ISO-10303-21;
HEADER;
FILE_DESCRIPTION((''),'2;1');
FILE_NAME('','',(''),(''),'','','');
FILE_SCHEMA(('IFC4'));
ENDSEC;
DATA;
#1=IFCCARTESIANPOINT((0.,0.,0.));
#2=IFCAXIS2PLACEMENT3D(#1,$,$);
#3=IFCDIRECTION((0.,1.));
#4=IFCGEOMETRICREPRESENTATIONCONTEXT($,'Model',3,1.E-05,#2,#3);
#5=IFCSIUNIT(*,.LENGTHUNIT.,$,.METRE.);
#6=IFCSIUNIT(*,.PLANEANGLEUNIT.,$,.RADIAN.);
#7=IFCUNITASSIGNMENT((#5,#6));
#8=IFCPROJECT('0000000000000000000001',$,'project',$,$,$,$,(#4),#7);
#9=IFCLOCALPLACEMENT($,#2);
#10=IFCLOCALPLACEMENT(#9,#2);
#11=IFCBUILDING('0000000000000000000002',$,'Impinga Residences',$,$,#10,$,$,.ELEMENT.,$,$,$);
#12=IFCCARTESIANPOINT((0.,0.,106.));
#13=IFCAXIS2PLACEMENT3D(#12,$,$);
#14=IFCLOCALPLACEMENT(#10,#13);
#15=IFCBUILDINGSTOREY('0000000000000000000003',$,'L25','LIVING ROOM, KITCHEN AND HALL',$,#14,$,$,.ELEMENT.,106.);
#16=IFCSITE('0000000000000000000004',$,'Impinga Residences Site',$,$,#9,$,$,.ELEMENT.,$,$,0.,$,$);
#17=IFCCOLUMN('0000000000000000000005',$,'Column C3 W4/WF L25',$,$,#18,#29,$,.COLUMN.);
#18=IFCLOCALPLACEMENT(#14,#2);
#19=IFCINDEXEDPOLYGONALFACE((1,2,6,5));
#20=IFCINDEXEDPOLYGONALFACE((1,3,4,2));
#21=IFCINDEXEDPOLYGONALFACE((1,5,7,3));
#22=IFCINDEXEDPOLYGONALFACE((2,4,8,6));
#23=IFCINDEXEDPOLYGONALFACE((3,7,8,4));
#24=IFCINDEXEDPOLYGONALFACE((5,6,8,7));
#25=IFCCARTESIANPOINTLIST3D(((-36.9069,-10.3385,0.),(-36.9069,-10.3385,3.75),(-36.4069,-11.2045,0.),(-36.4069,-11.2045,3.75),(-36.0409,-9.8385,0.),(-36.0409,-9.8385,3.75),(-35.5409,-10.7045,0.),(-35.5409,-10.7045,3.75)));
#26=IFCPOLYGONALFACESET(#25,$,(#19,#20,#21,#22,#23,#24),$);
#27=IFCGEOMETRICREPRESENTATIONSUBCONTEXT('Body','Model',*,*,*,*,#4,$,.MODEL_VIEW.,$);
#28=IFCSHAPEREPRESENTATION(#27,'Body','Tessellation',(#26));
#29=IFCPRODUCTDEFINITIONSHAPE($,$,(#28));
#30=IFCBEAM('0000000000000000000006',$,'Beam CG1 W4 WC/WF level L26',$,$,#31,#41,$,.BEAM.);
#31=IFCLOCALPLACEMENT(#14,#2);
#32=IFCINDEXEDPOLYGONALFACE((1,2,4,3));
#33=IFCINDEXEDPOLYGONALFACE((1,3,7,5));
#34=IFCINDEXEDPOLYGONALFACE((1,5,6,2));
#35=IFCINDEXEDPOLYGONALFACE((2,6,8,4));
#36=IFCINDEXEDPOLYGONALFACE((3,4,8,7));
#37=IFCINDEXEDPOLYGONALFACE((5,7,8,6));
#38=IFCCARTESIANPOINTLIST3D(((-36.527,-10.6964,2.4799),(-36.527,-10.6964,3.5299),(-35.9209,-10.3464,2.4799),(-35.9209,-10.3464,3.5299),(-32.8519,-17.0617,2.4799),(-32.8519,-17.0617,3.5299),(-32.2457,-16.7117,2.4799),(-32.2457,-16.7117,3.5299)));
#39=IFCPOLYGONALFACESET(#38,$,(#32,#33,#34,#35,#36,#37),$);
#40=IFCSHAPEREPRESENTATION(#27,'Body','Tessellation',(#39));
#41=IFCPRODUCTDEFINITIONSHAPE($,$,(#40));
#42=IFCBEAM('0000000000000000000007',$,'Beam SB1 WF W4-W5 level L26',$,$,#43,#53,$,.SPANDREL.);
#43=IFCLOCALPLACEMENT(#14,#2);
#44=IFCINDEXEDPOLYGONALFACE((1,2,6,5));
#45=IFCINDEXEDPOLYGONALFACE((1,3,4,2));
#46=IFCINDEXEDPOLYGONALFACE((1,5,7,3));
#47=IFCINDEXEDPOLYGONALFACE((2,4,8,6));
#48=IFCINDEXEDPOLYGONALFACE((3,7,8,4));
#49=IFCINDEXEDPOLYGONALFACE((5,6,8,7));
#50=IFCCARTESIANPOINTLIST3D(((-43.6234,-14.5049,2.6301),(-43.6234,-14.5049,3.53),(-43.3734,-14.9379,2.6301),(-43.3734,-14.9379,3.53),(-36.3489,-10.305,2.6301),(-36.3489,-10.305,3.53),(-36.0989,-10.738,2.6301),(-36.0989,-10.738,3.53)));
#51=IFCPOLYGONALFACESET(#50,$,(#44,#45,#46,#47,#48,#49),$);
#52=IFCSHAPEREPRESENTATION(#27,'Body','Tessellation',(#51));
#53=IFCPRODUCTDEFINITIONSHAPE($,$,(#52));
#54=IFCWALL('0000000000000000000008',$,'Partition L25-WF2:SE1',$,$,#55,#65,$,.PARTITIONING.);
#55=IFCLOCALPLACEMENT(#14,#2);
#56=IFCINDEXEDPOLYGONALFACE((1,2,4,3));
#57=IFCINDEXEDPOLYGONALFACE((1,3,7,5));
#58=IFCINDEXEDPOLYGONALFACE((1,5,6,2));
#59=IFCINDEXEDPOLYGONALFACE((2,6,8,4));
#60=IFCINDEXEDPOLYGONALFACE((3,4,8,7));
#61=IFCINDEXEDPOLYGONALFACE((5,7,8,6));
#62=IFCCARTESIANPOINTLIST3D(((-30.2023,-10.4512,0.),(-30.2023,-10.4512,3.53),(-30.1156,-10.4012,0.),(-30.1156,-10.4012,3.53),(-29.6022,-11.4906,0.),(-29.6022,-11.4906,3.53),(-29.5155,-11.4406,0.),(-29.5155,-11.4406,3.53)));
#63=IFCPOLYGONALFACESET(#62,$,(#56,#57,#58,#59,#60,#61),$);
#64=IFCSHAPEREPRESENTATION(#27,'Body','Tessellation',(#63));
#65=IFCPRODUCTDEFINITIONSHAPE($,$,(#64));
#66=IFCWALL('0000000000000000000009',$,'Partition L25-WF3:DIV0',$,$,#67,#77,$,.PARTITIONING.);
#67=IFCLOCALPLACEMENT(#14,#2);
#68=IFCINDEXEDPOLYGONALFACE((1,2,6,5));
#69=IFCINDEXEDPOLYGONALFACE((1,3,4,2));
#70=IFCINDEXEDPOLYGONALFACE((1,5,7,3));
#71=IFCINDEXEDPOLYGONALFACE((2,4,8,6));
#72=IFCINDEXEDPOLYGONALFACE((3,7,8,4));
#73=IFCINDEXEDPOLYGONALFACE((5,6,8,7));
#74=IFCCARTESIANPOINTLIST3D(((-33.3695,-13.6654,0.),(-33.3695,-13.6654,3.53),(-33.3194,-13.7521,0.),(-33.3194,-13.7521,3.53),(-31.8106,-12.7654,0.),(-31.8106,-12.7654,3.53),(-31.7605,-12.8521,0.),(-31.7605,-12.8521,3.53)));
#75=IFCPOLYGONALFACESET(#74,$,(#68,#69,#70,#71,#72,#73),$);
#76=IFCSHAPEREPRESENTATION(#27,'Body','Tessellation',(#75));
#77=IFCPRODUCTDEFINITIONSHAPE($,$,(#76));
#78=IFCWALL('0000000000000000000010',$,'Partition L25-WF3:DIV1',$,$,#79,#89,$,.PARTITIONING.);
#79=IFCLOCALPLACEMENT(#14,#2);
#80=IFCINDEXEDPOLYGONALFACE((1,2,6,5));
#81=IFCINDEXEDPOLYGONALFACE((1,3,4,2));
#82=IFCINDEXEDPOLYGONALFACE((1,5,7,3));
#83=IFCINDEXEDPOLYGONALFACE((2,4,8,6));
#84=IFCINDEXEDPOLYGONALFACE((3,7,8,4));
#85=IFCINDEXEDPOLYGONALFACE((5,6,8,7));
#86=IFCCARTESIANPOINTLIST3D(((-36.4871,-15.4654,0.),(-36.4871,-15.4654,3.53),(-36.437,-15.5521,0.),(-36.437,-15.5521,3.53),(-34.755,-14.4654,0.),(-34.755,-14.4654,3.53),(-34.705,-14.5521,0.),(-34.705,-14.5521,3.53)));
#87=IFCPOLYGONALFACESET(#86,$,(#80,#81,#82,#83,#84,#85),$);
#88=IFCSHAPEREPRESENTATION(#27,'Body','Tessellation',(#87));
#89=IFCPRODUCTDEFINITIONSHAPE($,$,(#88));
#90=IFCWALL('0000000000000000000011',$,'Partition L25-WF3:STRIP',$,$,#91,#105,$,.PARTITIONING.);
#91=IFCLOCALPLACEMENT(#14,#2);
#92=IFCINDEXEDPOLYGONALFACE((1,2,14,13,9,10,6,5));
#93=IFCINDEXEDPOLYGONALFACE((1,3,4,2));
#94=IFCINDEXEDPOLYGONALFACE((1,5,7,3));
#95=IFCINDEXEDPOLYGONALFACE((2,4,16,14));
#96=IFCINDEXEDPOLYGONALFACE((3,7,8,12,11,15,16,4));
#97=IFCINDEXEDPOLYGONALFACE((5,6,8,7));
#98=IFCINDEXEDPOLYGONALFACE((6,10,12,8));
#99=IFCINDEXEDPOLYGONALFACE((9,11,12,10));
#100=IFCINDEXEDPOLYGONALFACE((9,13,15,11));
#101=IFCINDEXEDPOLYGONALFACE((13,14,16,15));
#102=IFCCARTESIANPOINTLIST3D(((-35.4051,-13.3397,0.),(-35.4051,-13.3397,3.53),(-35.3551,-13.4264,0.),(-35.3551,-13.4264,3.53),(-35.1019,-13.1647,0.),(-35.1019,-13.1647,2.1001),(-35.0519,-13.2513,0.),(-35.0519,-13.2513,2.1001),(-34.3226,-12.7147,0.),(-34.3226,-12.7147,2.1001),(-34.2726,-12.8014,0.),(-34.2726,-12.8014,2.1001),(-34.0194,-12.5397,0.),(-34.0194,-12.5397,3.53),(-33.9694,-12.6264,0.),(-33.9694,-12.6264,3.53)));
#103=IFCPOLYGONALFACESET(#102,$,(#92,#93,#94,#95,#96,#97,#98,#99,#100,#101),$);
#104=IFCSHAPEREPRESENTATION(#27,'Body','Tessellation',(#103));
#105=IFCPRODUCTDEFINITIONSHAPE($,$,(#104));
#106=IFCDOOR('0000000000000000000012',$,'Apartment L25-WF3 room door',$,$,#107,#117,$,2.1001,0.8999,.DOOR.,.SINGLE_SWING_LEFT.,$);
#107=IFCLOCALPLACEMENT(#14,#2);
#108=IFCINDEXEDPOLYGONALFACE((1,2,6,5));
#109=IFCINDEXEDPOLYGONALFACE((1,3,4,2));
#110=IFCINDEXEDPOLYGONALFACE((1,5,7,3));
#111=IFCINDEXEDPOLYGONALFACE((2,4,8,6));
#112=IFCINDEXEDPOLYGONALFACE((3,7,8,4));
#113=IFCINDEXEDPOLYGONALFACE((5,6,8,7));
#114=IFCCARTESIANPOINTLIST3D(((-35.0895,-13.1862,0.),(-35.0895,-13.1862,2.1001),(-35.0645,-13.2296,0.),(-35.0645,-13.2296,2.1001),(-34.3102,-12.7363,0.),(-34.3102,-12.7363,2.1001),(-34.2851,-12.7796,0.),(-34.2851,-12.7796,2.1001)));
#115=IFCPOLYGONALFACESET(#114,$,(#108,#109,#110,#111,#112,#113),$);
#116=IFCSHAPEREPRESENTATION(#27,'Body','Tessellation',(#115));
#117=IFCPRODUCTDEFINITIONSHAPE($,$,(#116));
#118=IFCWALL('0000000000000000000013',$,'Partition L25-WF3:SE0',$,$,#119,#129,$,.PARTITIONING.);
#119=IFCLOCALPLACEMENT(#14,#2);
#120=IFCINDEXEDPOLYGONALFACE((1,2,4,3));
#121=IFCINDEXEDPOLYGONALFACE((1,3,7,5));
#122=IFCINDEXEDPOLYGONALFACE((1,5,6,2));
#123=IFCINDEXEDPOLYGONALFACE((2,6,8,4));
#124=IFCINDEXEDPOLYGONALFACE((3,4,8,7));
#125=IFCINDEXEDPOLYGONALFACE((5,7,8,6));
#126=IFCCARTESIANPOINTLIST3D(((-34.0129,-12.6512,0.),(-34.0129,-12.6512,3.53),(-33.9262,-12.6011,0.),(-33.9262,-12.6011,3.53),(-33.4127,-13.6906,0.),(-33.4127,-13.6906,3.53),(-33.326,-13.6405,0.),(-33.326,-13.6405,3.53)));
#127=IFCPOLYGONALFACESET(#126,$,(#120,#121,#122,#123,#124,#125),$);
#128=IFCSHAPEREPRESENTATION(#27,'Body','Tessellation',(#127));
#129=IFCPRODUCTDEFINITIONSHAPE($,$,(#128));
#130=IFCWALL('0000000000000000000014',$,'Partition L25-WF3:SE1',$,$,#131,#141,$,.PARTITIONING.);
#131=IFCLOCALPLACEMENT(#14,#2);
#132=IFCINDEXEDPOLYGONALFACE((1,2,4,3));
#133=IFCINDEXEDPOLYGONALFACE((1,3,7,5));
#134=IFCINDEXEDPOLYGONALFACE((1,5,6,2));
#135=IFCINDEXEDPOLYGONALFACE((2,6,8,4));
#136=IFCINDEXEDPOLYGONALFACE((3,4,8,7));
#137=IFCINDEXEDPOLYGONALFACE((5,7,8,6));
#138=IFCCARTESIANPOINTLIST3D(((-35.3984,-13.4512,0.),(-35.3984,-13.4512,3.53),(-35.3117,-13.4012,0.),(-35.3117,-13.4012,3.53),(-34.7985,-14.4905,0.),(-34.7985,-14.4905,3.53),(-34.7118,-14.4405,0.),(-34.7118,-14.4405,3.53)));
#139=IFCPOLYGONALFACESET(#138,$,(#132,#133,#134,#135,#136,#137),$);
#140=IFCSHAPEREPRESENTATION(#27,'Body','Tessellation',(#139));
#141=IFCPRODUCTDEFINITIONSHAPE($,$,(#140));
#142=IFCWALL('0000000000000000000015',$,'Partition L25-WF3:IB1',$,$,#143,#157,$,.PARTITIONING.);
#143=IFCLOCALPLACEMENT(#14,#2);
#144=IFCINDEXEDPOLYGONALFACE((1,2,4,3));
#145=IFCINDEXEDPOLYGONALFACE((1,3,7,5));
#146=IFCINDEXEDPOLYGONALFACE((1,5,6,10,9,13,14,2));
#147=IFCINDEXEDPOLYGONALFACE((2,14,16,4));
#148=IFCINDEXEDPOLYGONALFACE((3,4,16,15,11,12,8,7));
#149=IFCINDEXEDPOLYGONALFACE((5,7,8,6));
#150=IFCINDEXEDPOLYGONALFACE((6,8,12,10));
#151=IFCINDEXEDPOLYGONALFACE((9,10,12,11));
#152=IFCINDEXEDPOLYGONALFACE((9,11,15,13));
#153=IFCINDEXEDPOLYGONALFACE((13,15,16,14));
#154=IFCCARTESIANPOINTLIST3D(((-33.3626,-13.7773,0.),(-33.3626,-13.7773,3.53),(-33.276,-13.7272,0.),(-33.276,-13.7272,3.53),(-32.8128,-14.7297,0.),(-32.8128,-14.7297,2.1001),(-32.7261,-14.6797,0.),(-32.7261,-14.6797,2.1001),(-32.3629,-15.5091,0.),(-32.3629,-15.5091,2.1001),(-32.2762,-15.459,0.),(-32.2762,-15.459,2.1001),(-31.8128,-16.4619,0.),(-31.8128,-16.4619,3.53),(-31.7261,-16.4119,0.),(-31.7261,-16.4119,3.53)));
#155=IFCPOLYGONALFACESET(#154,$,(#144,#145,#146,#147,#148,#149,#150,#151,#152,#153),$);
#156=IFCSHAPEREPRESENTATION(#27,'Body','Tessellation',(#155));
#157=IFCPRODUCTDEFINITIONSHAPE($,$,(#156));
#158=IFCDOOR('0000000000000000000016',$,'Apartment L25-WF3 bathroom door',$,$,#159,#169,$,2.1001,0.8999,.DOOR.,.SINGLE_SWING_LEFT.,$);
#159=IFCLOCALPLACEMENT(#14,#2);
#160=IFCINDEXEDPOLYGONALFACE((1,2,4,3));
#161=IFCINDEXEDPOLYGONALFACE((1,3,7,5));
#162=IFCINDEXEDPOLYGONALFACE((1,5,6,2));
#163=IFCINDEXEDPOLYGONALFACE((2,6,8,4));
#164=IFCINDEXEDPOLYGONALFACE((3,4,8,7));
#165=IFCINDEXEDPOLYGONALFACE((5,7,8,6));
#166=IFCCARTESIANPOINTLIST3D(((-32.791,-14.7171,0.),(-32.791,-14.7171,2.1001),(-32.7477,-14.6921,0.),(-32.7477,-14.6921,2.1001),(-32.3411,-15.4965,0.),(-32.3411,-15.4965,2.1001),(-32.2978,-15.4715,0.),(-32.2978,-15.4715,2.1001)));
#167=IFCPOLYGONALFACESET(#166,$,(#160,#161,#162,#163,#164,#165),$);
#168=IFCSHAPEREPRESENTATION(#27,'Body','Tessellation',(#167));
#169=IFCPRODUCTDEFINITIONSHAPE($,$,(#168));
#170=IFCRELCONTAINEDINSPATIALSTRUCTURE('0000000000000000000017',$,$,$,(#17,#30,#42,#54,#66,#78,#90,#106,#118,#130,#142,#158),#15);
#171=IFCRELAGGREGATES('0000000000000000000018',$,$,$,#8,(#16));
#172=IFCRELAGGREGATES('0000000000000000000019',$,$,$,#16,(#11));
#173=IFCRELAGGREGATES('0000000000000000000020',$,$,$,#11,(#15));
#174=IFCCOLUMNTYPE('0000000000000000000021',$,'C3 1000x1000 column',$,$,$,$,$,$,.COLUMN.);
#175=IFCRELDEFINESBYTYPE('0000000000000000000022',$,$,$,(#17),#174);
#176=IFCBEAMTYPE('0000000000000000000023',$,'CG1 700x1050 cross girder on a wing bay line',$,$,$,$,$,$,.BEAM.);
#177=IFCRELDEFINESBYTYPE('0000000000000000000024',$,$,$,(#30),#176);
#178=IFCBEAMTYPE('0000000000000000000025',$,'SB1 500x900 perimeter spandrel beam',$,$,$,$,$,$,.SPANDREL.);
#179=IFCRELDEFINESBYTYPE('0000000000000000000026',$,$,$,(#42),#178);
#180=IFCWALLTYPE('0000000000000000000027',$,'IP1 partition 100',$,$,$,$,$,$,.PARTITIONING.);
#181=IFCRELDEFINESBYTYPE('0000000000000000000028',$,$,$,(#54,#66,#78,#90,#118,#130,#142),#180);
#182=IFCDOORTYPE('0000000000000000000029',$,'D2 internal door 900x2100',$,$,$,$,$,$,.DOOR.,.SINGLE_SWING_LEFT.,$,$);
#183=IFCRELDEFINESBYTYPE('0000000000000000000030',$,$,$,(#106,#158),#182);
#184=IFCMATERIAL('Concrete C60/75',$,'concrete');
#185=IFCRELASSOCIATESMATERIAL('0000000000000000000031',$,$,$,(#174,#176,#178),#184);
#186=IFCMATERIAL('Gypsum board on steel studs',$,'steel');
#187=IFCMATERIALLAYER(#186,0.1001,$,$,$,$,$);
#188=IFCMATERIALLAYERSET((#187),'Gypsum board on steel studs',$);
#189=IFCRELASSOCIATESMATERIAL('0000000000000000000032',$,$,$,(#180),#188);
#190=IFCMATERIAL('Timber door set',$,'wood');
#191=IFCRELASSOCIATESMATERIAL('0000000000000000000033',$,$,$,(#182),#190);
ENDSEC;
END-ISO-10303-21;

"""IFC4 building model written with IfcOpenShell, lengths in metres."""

from ifc_helpers import new_model, si_unit, direction, frame, frame_2d, origin, origin_2d, place, context, subcontext, project, spatial, rectangle, extrude, material, layer, layer_set, material_profile, profile_set, type_object, element, fill, save


model = new_model("IFC4")

# Units and contexts
model_context = context("Model", 3, precision=1e-05, world=origin(), true_north=direction((0.0, 1.0)))
body_context = subcontext(model_context, "Body", "Model", "MODEL_VIEW")
ifc_project = project(units=[si_unit("LENGTHUNIT", "METRE"), si_unit("PLANEANGLEUNIT", "RADIAN")], contexts=[model_context])

# Site, building, storey
site_placement = place(None, origin())
site = spatial("IfcSite", under=ifc_project, at=site_placement, Name="Impinga Residences Site", CompositionType="ELEMENT", RefElevation=0.0)
building_placement = place(site_placement, origin())
building = spatial("IfcBuilding", under=site, at=building_placement, Name="Impinga Residences", CompositionType="ELEMENT")
storey_placement = place(building_placement, frame((0.0, 0.0, 106.0)))
storey = spatial("IfcBuildingStorey", under=building, at=storey_placement, Name="L25", Description="LIVING ROOM, KITCHEN AND HALL", CompositionType="ELEMENT", Elevation=106.0)

# Column
ifc_material_1 = material(Name="Concrete C60/75", Category="concrete")
ifc_material_profile_1 = material_profile(ifc_material_1, rectangle(XDim=1.0, YDim=1.0, at=origin_2d()), Name="RC 1000x1000")
ifc_profile_set_1 = profile_set([ifc_material_profile_1], Name="Concrete C60/75")
column_type = type_object("IfcColumnType", Name="C3 1000x1000 column", PredefinedType="COLUMN", material=ifc_profile_set_1)
column_placement = place(storey_placement, frame((-36.2239, -10.5215, 0.0), z_axis=(0.0, 0.0, 1.0), x_axis=(-0.5, 0.866025, 0.0)))
element("IfcColumn", 1, at=column_placement, inside=storey, type_object=column_type, Name="Column C3 W4/WF L25", PredefinedType="COLUMN", context=body_context, shape_type="SweptSolid", body=[
    extrude(rectangle(XDim=1.0, YDim=1.0, at=origin_2d()), origin(), (0.0, 0.0, 1.0), 3.75),
])

# Beams
ifc_material_profile_2 = material_profile(ifc_material_1, rectangle(XDim=0.7, YDim=1.05, at=origin_2d()), Name="RC 700x1050")
ifc_profile_set_2 = profile_set([ifc_material_profile_2], Name="Concrete C60/75")
beam_type_1 = type_object("IfcBeamType", Name="CG1 700x1050 cross girder on a wing bay line", PredefinedType="BEAM", material=ifc_profile_set_2)
beam_1_placement = place(storey_placement, frame((-32.5488, -16.8867, 3.0049), z_axis=(-0.500008, 0.866021, 0.0), x_axis=(-0.866021, -0.500008, 0.0)))
element("IfcBeam", 2, at=beam_1_placement, inside=storey, type_object=beam_type_1, Name="Beam CG1 W4 WC/WF level L26", PredefinedType="BEAM", context=body_context, shape_type="SweptSolid", body=[
    extrude(rectangle(XDim=0.7, YDim=1.05, at=origin_2d()), origin(), (0.0, 0.0, 1.0), 7.3501),
])
ifc_material_profile_3 = material_profile(ifc_material_1, rectangle(XDim=0.5, YDim=0.8999, at=origin_2d()), Name="RC 500x900")
ifc_profile_set_3 = profile_set([ifc_material_profile_3], Name="Concrete C60/75")
beam_type_2 = type_object("IfcBeamType", Name="SB1 500x900 perimeter spandrel beam", PredefinedType="SPANDREL", material=ifc_profile_set_3)
beam_2_placement = place(storey_placement, frame((-36.2239, -10.5215, 3.0801), z_axis=(-0.866029, -0.499993, 0.0), x_axis=(0.499993, -0.866029, 0.0)))
element("IfcBeam", 3, at=beam_2_placement, inside=storey, type_object=beam_type_2, Name="Beam SB1 WF W4-W5 level L26", PredefinedType="SPANDREL", context=body_context, shape_type="SweptSolid", body=[
    extrude(rectangle(XDim=0.5, YDim=0.8999, at=origin_2d()), origin(), (0.0, 0.0, 1.0), 8.3999),
])

# Walls
ifc_material_2 = material(Name="Gypsum board on steel studs", Category="steel")
ifc_layer_1 = layer(ifc_material_2, 0.1001)
ifc_layer_set_1 = layer_set([ifc_layer_1], Name="Gypsum board on steel studs")
wall_type_1 = type_object("IfcWallType", Name="IP1 partition 100", PredefinedType="PARTITIONING", material=ifc_layer_set_1)
wall_1_placement = place(storey_placement, frame((-29.5588, -11.4656, 0.0), z_axis=(0.0, 0.0, 1.0), x_axis=(-0.500034, 0.866006, 0.0)))
element("IfcWall", 4, at=wall_1_placement, inside=storey, type_object=wall_type_1, Name="Partition L25-WF2:SE1", PredefinedType="PARTITIONING", context=body_context, shape_type="SweptSolid", body=[
    extrude(rectangle(XDim=1.2002, YDim=0.1001, at=frame_2d((0.6001, 0.0))), origin(), (0.0, 0.0, 1.0), 3.53),
])
wall_2_placement = place(storey_placement, frame((-31.7856, -12.8088, 0.0), z_axis=(0.0, 0.0, 1.0), x_axis=(-0.866048, -0.499961, 0.0)))
element("IfcWall", 5, at=wall_2_placement, inside=storey, type_object=wall_type_1, Name="Partition L25-WF3:DIV0", PredefinedType="PARTITIONING", context=body_context, shape_type="SweptSolid", body=[
    extrude(rectangle(XDim=1.8, YDim=0.1001, at=frame_2d((0.8999, 0.0))), origin(), (0.0, 0.0, 1.0), 3.53),
])
wall_3_placement = place(storey_placement, frame((-34.73, -14.5088, 0.0), z_axis=(0.0, 0.0, 1.0), x_axis=(-0.866041, -0.499973, 0.0)))
element("IfcWall", 6, at=wall_3_placement, inside=storey, type_object=wall_type_1, Name="Partition L25-WF3:DIV1", PredefinedType="PARTITIONING", context=body_context, shape_type="SweptSolid", body=[
    extrude(rectangle(XDim=2.0, YDim=0.1001, at=frame_2d((1.0, 0.0))), origin(), (0.0, 0.0, 1.0), 3.53),
])

# Wall, opening, door
wall_4_placement = place(storey_placement, frame((-33.9944, -12.583, 0.0), z_axis=(0.0, 0.0, 1.0), x_axis=(-0.866028, -0.499995, 0.0)))
wall_4 = element("IfcWall", 7, at=wall_4_placement, inside=storey, type_object=wall_type_1, Name="Partition L25-WF3:STRIP", PredefinedType="PARTITIONING", context=body_context, shape_type="SweptSolid", body=[
    extrude(rectangle(XDim=1.6001, YDim=0.1001, at=frame_2d((0.8, 0.0))), origin(), (0.0, 0.0, 1.0), 3.53),
])
opening_1_placement = place(wall_4_placement, frame((0.3501, 0.0, 0.0)))
opening_1 = element("IfcOpeningElement", 8, at=opening_1_placement, cuts=wall_4, PredefinedType="OPENING", context=body_context, shape_type="SweptSolid", body=[
    extrude(rectangle(XDim=0.8999, YDim=2.1001, at=frame_2d((0.45, 1.05))), frame((0.0, 0.0601, 0.0), z_axis=(0.0, -1.0, 0.0), x_axis=(1.0, 0.0, 0.0)), (0.0, 0.0, 1.0), 0.1201),
])
ifc_material_3 = material(Name="Timber door set", Category="wood")
door_type = type_object("IfcDoorType", Name="D2 internal door 900x2100", OperationType="SINGLE_SWING_LEFT", PredefinedType="DOOR", material=ifc_material_3)
door_1_placement = place(opening_1_placement, origin())
door_1 = element("IfcDoor", 9, at=door_1_placement, inside=storey, type_object=door_type, Name="Apartment L25-WF3 room door", OperationType="SINGLE_SWING_LEFT", OverallHeight=2.1001, OverallWidth=0.8999, PredefinedType="DOOR", context=body_context, shape_type="SweptSolid", body=[
    extrude(rectangle(XDim=0.8999, YDim=2.1001, at=frame_2d((0.45, 1.05))), frame((0.0, 0.0249, 0.0), z_axis=(0.0, -1.0, 0.0), x_axis=(1.0, 0.0, 0.0)), (0.0, 0.0, 1.0), 0.05),
])
fill(opening_1, door_1)

# Walls
wall_5_placement = place(storey_placement, frame((-33.3694, -13.6655, 0.0), z_axis=(0.0, 0.0, 1.0), x_axis=(-0.500034, 0.866006, 0.0)))
element("IfcWall", 10, at=wall_5_placement, inside=storey, type_object=wall_type_1, Name="Partition L25-WF3:SE0", PredefinedType="PARTITIONING", context=body_context, shape_type="SweptSolid", body=[
    extrude(rectangle(XDim=1.2002, YDim=0.1001, at=frame_2d((0.6001, 0.0))), origin(), (0.0, 0.0, 1.0), 3.53),
])
wall_6_placement = place(storey_placement, frame((-34.7551, -14.4656, 0.0), z_axis=(0.0, 0.0, 1.0), x_axis=(-0.499881, 0.866094, 0.0)))
element("IfcWall", 11, at=wall_6_placement, inside=storey, type_object=wall_type_1, Name="Partition L25-WF3:SE1", PredefinedType="PARTITIONING", context=body_context, shape_type="SweptSolid", body=[
    extrude(rectangle(XDim=1.2, YDim=0.1001, at=frame_2d((0.6001, 0.0))), origin(), (0.0, 0.0, 1.0), 3.53),
])

# Wall, opening, door
wall_7_placement = place(storey_placement, frame((-31.7695, -16.4368, 0.0), z_axis=(0.0, 0.0, 1.0), x_axis=(-0.499968, 0.866044, 0.0)))
wall_7 = element("IfcWall", 12, at=wall_7_placement, inside=storey, type_object=wall_type_1, Name="Partition L25-WF3:IB1", PredefinedType="PARTITIONING", context=body_context, shape_type="SweptSolid", body=[
    extrude(rectangle(XDim=3.0999, YDim=0.1001, at=frame_2d((1.5498, 0.0))), origin(), (0.0, 0.0, 1.0), 3.53),
])
opening_2_placement = place(wall_7_placement, frame((1.1001, 0.0, 0.0)))
opening_2 = element("IfcOpeningElement", 13, at=opening_2_placement, cuts=wall_7, PredefinedType="OPENING", context=body_context, shape_type="SweptSolid", body=[
    extrude(rectangle(XDim=0.8999, YDim=2.1001, at=frame_2d((0.45, 1.05))), frame((0.0, 0.0601, 0.0), z_axis=(0.0, -1.0, 0.0), x_axis=(1.0, 0.0, 0.0)), (0.0, 0.0, 1.0), 0.1201),
])
door_2_placement = place(opening_2_placement, origin())
door_2 = element("IfcDoor", 14, at=door_2_placement, inside=storey, type_object=door_type, Name="Apartment L25-WF3 bathroom door", OperationType="SINGLE_SWING_LEFT", OverallHeight=2.1001, OverallWidth=0.8999, PredefinedType="DOOR", context=body_context, shape_type="SweptSolid", body=[
    extrude(rectangle(XDim=0.8999, YDim=2.1001, at=frame_2d((0.45, 1.05))), frame((0.0, 0.0249, 0.0), z_axis=(0.0, -1.0, 0.0), x_axis=(1.0, 0.0, 0.0)), (0.0, 0.0, 1.0), 0.05),
])
fill(opening_2, door_2)

save(model, "model.ifc")
